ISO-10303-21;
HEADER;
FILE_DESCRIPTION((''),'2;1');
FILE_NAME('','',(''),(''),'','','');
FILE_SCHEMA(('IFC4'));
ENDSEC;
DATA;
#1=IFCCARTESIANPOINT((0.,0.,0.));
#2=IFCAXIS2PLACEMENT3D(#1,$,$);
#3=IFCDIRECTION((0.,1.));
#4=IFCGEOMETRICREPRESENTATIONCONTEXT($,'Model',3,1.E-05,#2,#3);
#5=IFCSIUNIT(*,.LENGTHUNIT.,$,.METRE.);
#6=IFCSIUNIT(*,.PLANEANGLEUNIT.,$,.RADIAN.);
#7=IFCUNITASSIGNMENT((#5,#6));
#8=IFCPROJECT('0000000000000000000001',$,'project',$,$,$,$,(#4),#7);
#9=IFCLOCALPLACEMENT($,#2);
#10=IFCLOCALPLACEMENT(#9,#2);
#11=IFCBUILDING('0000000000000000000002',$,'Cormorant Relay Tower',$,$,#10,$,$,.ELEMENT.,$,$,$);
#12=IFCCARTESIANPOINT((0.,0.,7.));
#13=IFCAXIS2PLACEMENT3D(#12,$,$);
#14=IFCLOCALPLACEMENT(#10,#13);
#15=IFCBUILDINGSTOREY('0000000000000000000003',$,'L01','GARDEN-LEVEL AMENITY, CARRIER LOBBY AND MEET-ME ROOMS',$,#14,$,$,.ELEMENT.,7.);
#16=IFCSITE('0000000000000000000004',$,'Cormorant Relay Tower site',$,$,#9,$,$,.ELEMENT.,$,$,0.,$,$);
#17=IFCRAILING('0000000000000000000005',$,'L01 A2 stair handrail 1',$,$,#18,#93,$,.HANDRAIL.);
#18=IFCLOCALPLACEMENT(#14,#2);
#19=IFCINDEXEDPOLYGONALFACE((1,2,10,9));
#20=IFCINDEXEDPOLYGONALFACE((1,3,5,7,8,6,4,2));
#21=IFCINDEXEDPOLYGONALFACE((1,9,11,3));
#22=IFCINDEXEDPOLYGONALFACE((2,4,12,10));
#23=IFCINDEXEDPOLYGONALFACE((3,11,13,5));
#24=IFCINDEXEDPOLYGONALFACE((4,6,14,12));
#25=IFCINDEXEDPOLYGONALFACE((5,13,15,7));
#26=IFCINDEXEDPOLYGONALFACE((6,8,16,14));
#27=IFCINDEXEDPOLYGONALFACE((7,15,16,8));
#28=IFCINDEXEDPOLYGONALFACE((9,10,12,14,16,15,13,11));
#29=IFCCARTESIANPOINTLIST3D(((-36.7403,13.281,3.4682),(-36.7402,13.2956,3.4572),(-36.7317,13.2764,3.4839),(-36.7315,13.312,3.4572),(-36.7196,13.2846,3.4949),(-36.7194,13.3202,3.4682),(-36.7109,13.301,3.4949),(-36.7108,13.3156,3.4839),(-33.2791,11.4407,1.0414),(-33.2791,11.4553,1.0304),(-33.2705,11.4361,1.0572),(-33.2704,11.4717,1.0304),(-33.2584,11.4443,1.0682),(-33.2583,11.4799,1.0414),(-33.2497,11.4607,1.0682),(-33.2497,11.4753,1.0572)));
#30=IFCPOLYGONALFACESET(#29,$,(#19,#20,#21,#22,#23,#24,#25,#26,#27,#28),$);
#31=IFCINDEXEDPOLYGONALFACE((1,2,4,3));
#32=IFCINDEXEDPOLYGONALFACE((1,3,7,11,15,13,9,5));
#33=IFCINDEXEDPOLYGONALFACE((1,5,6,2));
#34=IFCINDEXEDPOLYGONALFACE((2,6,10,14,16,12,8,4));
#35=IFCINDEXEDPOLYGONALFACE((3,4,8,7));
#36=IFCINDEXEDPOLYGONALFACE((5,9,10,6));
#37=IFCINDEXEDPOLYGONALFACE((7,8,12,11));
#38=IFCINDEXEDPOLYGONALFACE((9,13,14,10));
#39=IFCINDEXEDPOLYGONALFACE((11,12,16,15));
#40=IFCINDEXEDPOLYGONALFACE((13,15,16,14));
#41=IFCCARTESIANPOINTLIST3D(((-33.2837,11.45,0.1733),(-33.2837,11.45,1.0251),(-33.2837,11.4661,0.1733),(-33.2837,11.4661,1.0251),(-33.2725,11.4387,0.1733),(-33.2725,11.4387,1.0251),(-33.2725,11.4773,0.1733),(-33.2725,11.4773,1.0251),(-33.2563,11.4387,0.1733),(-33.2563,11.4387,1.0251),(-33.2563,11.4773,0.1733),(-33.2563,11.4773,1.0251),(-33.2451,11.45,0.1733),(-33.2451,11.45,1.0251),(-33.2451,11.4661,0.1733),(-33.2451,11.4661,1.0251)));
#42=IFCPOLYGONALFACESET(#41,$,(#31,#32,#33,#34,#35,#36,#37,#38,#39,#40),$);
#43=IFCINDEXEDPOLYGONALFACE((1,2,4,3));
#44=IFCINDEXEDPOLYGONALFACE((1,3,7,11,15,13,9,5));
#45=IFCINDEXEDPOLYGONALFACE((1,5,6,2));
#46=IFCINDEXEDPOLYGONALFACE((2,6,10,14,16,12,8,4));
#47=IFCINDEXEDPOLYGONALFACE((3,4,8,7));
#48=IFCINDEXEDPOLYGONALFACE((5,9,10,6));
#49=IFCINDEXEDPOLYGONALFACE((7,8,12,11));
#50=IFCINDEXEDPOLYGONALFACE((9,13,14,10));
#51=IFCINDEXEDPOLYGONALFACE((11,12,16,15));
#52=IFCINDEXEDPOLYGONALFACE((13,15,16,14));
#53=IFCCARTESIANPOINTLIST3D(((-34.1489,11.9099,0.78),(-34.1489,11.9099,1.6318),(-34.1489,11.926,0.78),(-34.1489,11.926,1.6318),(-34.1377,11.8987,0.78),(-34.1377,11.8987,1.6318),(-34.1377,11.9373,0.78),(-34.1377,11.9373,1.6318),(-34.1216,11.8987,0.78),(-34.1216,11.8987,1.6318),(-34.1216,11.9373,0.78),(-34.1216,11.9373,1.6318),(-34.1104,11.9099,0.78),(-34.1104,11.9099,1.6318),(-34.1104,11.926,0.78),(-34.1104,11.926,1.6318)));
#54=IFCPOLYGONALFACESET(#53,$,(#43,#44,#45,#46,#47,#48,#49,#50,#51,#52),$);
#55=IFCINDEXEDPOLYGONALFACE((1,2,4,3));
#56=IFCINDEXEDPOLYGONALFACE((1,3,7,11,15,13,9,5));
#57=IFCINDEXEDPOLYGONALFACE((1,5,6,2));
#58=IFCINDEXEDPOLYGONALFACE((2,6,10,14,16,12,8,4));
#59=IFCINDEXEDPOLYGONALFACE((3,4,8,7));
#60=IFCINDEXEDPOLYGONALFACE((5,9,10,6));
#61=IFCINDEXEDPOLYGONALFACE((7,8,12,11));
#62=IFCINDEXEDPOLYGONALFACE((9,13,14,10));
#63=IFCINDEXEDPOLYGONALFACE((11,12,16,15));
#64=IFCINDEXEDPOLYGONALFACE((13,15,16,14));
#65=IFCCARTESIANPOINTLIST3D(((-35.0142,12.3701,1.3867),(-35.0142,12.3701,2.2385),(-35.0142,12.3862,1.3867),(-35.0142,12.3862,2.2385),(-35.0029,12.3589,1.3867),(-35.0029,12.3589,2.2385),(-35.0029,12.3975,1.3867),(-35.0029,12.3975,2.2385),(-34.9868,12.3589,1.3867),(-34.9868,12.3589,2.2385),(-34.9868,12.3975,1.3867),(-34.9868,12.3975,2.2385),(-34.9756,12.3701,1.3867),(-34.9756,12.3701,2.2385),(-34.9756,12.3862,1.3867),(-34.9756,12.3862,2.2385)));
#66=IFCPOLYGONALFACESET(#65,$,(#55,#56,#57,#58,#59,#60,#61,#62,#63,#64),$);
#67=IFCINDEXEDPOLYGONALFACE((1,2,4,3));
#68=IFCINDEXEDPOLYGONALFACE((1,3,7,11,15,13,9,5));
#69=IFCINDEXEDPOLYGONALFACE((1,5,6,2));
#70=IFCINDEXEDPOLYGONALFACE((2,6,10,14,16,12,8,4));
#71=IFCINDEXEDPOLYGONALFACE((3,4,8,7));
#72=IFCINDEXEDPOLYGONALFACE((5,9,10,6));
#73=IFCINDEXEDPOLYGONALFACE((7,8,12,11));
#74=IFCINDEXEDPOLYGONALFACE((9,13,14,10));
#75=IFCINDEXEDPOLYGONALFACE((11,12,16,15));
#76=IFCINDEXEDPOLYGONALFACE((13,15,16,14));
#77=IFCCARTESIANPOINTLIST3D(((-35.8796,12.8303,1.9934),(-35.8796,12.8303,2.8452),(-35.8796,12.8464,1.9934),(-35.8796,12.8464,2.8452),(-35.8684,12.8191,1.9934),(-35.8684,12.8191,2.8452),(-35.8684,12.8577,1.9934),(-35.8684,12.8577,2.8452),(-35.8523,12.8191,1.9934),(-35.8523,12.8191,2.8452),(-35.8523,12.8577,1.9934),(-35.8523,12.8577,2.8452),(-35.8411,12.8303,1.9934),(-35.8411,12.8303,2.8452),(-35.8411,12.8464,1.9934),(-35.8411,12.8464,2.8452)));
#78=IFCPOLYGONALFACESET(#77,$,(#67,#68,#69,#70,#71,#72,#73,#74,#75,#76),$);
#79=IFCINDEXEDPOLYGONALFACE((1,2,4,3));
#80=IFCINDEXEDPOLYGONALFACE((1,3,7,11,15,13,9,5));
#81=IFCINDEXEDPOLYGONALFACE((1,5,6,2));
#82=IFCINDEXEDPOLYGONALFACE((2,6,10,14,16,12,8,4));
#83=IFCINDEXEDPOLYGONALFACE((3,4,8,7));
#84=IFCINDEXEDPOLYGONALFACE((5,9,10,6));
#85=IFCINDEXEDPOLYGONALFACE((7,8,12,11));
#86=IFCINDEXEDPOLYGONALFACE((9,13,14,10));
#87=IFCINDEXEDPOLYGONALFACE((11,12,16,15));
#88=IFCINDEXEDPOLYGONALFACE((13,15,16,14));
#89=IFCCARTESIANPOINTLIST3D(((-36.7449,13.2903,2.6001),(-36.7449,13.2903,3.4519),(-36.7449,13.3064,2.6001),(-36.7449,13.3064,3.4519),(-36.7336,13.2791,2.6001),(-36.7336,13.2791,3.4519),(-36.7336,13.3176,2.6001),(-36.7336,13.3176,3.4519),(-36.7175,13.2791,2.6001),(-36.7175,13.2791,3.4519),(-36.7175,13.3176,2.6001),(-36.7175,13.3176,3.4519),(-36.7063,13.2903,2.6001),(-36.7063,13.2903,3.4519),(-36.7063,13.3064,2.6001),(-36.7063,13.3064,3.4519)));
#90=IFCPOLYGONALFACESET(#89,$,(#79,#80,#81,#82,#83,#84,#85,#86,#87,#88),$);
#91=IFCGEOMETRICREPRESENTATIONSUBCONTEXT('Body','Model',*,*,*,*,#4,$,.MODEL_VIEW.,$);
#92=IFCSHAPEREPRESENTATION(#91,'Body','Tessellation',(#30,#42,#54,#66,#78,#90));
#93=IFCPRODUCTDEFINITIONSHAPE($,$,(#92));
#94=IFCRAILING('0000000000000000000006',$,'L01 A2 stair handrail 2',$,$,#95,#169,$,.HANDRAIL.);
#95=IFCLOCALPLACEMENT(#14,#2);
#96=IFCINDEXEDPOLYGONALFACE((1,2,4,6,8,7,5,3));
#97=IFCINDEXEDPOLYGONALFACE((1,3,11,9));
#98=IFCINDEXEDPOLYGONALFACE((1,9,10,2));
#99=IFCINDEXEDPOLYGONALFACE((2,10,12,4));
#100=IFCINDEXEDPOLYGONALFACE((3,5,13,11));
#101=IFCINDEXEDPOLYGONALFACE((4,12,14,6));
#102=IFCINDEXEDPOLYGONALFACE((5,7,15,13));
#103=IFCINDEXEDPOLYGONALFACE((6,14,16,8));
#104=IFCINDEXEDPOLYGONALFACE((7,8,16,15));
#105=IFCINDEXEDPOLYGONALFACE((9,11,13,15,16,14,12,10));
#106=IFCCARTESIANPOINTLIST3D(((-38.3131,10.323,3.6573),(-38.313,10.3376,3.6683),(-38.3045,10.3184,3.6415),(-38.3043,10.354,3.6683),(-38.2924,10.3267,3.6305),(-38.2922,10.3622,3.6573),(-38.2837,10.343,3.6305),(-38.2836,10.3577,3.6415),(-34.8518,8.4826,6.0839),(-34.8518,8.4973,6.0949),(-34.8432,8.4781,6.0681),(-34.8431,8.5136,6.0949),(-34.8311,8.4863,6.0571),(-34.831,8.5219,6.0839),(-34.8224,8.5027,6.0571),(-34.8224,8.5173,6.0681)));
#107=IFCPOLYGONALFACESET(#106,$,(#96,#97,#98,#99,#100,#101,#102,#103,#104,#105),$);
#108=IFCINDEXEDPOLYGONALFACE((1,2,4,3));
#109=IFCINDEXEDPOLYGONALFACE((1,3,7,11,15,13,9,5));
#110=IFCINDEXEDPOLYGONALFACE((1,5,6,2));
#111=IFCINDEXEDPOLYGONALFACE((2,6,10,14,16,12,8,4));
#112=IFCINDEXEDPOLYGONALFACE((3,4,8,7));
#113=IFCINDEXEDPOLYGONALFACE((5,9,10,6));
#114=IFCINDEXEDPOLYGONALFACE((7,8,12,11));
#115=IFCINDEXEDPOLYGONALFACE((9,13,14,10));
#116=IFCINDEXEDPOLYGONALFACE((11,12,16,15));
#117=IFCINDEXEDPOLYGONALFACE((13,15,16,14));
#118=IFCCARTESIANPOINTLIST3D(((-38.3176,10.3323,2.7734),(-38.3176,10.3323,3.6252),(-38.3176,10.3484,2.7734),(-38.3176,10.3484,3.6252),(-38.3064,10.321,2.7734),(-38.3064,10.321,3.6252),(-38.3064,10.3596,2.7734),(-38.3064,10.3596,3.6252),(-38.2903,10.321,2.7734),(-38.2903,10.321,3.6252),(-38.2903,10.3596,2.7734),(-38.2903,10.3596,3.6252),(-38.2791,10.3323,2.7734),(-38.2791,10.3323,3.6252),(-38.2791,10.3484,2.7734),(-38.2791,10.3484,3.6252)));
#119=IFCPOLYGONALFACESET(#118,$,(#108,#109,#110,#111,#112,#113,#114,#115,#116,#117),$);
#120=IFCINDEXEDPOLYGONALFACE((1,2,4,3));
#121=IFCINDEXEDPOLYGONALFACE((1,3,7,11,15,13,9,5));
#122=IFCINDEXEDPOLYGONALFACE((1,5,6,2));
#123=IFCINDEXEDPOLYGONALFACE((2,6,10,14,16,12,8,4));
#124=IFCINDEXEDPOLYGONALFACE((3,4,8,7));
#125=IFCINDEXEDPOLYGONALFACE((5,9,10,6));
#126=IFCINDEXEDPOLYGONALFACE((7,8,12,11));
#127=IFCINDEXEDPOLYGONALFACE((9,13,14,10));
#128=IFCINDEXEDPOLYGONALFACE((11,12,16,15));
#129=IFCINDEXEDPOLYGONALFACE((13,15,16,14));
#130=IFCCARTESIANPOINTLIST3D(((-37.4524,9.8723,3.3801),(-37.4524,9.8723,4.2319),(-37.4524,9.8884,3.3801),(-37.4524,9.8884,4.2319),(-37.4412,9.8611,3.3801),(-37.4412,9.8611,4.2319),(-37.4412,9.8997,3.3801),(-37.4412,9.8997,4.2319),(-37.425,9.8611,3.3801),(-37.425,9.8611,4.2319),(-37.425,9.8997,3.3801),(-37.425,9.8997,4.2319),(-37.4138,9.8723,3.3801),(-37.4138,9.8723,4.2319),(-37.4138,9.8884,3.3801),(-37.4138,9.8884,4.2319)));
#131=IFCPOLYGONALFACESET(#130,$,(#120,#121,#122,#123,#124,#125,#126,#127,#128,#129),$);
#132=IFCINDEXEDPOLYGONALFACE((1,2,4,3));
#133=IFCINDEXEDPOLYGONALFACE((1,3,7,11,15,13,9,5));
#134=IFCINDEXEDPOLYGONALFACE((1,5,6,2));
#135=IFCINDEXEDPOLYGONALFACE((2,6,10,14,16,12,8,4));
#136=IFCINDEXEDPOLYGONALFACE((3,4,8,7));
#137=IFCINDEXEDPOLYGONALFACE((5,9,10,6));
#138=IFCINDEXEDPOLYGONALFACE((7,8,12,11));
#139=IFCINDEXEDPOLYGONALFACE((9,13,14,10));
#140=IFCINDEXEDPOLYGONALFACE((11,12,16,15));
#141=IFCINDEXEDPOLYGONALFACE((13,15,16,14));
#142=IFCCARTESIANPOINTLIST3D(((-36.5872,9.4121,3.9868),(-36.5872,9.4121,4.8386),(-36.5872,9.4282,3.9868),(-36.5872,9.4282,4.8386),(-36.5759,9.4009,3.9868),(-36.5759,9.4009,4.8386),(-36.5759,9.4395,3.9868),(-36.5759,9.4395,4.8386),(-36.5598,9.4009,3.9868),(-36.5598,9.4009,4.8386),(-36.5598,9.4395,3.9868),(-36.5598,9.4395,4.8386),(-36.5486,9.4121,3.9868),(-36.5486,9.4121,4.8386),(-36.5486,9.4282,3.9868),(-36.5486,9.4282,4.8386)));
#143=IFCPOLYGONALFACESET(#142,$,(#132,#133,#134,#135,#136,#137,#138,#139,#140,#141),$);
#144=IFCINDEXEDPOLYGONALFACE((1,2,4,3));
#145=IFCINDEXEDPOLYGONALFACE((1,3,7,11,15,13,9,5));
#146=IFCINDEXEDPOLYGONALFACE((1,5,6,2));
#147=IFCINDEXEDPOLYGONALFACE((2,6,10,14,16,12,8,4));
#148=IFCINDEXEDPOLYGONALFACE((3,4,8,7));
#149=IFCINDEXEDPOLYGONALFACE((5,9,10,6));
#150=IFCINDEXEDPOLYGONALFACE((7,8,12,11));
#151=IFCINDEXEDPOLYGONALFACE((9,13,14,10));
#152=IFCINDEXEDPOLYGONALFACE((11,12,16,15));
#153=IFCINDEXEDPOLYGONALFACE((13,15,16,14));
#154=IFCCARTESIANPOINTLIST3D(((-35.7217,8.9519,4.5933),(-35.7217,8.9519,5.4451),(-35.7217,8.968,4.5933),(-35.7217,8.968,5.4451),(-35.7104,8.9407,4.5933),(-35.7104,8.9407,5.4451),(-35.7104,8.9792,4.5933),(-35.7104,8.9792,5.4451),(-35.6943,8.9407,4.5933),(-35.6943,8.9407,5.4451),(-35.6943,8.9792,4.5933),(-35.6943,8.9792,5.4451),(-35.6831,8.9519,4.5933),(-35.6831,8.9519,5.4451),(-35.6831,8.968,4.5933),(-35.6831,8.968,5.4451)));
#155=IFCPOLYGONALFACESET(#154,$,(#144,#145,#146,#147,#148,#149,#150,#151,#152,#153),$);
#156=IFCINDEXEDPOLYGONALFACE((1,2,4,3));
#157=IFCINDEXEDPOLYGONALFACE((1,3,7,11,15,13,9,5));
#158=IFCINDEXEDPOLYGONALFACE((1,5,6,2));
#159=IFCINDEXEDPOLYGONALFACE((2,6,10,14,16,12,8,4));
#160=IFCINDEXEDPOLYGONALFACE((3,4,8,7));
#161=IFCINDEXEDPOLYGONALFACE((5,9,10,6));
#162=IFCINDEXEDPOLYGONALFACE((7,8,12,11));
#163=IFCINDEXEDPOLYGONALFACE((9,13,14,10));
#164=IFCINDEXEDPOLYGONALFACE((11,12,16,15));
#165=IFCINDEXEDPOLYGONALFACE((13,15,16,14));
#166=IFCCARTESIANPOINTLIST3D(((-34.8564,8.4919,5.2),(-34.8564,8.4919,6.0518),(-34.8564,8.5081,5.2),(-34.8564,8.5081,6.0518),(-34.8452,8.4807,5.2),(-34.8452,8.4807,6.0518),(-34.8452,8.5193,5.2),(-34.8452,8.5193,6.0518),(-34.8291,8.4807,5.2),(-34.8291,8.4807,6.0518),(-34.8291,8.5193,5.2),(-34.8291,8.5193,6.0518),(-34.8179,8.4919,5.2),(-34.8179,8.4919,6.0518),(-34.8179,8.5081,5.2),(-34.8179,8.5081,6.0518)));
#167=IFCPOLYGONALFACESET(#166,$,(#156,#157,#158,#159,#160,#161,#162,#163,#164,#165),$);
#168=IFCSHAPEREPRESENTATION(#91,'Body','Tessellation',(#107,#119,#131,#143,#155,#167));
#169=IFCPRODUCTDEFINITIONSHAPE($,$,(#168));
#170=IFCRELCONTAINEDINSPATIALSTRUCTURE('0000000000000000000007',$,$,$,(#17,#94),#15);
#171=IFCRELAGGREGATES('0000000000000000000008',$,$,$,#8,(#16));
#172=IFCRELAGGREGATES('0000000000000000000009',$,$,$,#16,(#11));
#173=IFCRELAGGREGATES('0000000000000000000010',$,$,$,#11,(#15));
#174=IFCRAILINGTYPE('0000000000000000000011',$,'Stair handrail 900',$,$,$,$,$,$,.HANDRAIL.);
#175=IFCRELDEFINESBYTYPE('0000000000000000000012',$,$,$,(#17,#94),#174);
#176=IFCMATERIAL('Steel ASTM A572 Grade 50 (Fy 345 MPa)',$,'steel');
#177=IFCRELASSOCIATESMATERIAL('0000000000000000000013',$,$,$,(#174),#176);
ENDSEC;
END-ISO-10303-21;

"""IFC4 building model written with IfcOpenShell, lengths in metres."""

from ifc_helpers import new_model, si_unit, direction, frame, origin, place, context, subcontext, project, spatial, polyline, outline, extrude, material, type_object, element, save


model = new_model("IFC4")

# Units and contexts
model_context = context("Model", 3, precision=1e-05, world=origin(), true_north=direction((0.0, 1.0)))
body_context = subcontext(model_context, "Body", "Model", "MODEL_VIEW")
ifc_project = project(units=[si_unit("LENGTHUNIT", "METRE"), si_unit("PLANEANGLEUNIT", "RADIAN")], contexts=[model_context])

# Site, building, storey
site_placement = place(None, origin())
site = spatial("IfcSite", under=ifc_project, at=site_placement, Name="Cormorant Relay Tower site", CompositionType="ELEMENT", RefElevation=0.0)
building_placement = place(site_placement, origin())
building = spatial("IfcBuilding", under=site, at=building_placement, Name="Cormorant Relay Tower", CompositionType="ELEMENT")
storey_placement = place(building_placement, frame((0.0, 0.0, 7.0)))
storey = spatial("IfcBuildingStorey", under=building, at=storey_placement, Name="L01", Description="GARDEN-LEVEL AMENITY, CARRIER LOBBY AND MEET-ME ROOMS", CompositionType="ELEMENT", Elevation=7.0)

# Railings
ifc_material_1 = material(Name="Steel ASTM A572 Grade 50 (Fy 345 MPa)", Category="steel")
railing_type_1 = type_object("IfcRailingType", Name="Stair handrail 900", PredefinedType="HANDRAIL", material=ifc_material_1)
railing_1_placement = place(storey_placement, frame((-33.2644, 11.458, 0.1733)))
element("IfcRailing", 1, at=railing_1_placement, inside=storey, type_object=railing_type_1, Name="L01 A2 stair handrail 1", PredefinedType="HANDRAIL", context=body_context, shape_type="SweptSolid", body=[
    extrude(outline(polyline([(0.0222, 0.0093), (0.0093, 0.0222), (-0.0093, 0.0222), (-0.0222, 0.0093), (-0.0222, -0.0093), (-0.0093, -0.0222), (0.0093, -0.0222), (0.0222, -0.0093), (0.0222, 0.0093)])), frame((0.0, 0.0, 0.876), z_axis=(-0.750734, 0.39917, 0.526366), x_axis=(-0.469469, -0.882949, 0.0)), (0.0, 0.0, 1.0), 4.6104),
    extrude(outline(polyline([(0.0193, 0.0081), (0.0081, 0.0193), (-0.0081, 0.0193), (-0.0193, 0.0081), (-0.0193, -0.0081), (-0.0081, -0.0193), (0.0081, -0.0193), (0.0193, -0.0081), (0.0193, 0.0081)])), origin(), (0.0, 0.0, 1.0), 0.8518),
    extrude(outline(polyline([(0.0193, 0.0081), (0.0081, 0.0193), (-0.0081, 0.0193), (-0.0193, 0.0081), (-0.0193, -0.0081), (-0.0081, -0.0193), (0.0081, -0.0193), (0.0193, -0.0081), (0.0193, 0.0081)])), frame((-0.8652, 0.46, 0.6067)), (0.0, 0.0, 1.0), 0.8518),
    extrude(outline(polyline([(0.0193, 0.0081), (0.0081, 0.0193), (-0.0081, 0.0193), (-0.0193, 0.0081), (-0.0193, -0.0081), (-0.0081, -0.0193), (0.0081, -0.0193), (0.0193, -0.0081), (0.0193, 0.0081)])), frame((-1.7305, 0.9202, 1.2134)), (0.0, 0.0, 1.0), 0.8518),
    extrude(outline(polyline([(0.0193, 0.0081), (0.0081, 0.0193), (-0.0081, 0.0193), (-0.0193, 0.0081), (-0.0193, -0.0081), (-0.0081, -0.0193), (0.0081, -0.0193), (0.0193, -0.0081), (0.0193, 0.0081)])), frame((-2.5959, 1.3804, 1.8201)), (0.0, 0.0, 1.0), 0.8518),
    extrude(outline(polyline([(0.0193, 0.0081), (0.0081, 0.0193), (-0.0081, 0.0193), (-0.0193, 0.0081), (-0.0193, -0.0081), (-0.0081, -0.0193), (0.0081, -0.0193), (0.0193, -0.0081), (0.0193, 0.0081)])), frame((-3.4612, 1.8403, 2.4268)), (0.0, 0.0, 1.0), 0.8518),
])
railing_2_placement = place(storey_placement, frame((-38.2983, 10.3403, 2.7734)))
element("IfcRailing", 2, at=railing_2_placement, inside=storey, type_object=railing_type_1, Name="L01 A2 stair handrail 2", PredefinedType="HANDRAIL", context=body_context, shape_type="SweptSolid", body=[
    extrude(outline(polyline([(0.0222, 0.0093), (0.0093, 0.0222), (-0.0093, 0.0222), (-0.0222, 0.0093), (-0.0222, -0.0093), (-0.0093, -0.0222), (0.0093, -0.0222), (0.0222, -0.0093), (0.0222, 0.0093)])), frame((0.0, 0.0, 0.876), z_axis=(0.750755, -0.399181, 0.526328), x_axis=(0.469469, 0.882949, 0.0)), (0.0, 0.0, 1.0), 4.6104),
    extrude(outline(polyline([(0.0193, 0.0081), (0.0081, 0.0193), (-0.0081, 0.0193), (-0.0193, 0.0081), (-0.0193, -0.0081), (-0.0081, -0.0193), (0.0081, -0.0193), (0.0193, -0.0081), (0.0193, 0.0081)])), origin(), (0.0, 0.0, 1.0), 0.8518),
    extrude(outline(polyline([(0.0193, 0.0081), (0.0081, 0.0193), (-0.0081, 0.0193), (-0.0193, 0.0081), (-0.0193, -0.0081), (-0.0081, -0.0193), (0.0081, -0.0193), (0.0193, -0.0081), (0.0193, 0.0081)])), frame((0.8652, -0.46, 0.6067)), (0.0, 0.0, 1.0), 0.8518),
    extrude(outline(polyline([(0.0193, 0.0081), (0.0081, 0.0193), (-0.0081, 0.0193), (-0.0193, 0.0081), (-0.0193, -0.0081), (-0.0081, -0.0193), (0.0081, -0.0193), (0.0193, -0.0081), (0.0193, 0.0081)])), frame((1.7305, -0.9202, 1.2134)), (0.0, 0.0, 1.0), 0.8518),
    extrude(outline(polyline([(0.0193, 0.0081), (0.0081, 0.0193), (-0.0081, 0.0193), (-0.0193, 0.0081), (-0.0193, -0.0081), (-0.0081, -0.0193), (0.0081, -0.0193), (0.0193, -0.0081), (0.0193, 0.0081)])), frame((2.5959, -1.3804, 1.8198)), (0.0, 0.0, 1.0), 0.8518),
    extrude(outline(polyline([(0.0193, 0.0081), (0.0081, 0.0193), (-0.0081, 0.0193), (-0.0193, 0.0081), (-0.0193, -0.0081), (-0.0081, -0.0193), (0.0081, -0.0193), (0.0193, -0.0081), (0.0193, 0.0081)])), frame((3.4612, -1.8403, 2.4265)), (0.0, 0.0, 1.0), 0.8518),
])

save(model, "model.ifc")
